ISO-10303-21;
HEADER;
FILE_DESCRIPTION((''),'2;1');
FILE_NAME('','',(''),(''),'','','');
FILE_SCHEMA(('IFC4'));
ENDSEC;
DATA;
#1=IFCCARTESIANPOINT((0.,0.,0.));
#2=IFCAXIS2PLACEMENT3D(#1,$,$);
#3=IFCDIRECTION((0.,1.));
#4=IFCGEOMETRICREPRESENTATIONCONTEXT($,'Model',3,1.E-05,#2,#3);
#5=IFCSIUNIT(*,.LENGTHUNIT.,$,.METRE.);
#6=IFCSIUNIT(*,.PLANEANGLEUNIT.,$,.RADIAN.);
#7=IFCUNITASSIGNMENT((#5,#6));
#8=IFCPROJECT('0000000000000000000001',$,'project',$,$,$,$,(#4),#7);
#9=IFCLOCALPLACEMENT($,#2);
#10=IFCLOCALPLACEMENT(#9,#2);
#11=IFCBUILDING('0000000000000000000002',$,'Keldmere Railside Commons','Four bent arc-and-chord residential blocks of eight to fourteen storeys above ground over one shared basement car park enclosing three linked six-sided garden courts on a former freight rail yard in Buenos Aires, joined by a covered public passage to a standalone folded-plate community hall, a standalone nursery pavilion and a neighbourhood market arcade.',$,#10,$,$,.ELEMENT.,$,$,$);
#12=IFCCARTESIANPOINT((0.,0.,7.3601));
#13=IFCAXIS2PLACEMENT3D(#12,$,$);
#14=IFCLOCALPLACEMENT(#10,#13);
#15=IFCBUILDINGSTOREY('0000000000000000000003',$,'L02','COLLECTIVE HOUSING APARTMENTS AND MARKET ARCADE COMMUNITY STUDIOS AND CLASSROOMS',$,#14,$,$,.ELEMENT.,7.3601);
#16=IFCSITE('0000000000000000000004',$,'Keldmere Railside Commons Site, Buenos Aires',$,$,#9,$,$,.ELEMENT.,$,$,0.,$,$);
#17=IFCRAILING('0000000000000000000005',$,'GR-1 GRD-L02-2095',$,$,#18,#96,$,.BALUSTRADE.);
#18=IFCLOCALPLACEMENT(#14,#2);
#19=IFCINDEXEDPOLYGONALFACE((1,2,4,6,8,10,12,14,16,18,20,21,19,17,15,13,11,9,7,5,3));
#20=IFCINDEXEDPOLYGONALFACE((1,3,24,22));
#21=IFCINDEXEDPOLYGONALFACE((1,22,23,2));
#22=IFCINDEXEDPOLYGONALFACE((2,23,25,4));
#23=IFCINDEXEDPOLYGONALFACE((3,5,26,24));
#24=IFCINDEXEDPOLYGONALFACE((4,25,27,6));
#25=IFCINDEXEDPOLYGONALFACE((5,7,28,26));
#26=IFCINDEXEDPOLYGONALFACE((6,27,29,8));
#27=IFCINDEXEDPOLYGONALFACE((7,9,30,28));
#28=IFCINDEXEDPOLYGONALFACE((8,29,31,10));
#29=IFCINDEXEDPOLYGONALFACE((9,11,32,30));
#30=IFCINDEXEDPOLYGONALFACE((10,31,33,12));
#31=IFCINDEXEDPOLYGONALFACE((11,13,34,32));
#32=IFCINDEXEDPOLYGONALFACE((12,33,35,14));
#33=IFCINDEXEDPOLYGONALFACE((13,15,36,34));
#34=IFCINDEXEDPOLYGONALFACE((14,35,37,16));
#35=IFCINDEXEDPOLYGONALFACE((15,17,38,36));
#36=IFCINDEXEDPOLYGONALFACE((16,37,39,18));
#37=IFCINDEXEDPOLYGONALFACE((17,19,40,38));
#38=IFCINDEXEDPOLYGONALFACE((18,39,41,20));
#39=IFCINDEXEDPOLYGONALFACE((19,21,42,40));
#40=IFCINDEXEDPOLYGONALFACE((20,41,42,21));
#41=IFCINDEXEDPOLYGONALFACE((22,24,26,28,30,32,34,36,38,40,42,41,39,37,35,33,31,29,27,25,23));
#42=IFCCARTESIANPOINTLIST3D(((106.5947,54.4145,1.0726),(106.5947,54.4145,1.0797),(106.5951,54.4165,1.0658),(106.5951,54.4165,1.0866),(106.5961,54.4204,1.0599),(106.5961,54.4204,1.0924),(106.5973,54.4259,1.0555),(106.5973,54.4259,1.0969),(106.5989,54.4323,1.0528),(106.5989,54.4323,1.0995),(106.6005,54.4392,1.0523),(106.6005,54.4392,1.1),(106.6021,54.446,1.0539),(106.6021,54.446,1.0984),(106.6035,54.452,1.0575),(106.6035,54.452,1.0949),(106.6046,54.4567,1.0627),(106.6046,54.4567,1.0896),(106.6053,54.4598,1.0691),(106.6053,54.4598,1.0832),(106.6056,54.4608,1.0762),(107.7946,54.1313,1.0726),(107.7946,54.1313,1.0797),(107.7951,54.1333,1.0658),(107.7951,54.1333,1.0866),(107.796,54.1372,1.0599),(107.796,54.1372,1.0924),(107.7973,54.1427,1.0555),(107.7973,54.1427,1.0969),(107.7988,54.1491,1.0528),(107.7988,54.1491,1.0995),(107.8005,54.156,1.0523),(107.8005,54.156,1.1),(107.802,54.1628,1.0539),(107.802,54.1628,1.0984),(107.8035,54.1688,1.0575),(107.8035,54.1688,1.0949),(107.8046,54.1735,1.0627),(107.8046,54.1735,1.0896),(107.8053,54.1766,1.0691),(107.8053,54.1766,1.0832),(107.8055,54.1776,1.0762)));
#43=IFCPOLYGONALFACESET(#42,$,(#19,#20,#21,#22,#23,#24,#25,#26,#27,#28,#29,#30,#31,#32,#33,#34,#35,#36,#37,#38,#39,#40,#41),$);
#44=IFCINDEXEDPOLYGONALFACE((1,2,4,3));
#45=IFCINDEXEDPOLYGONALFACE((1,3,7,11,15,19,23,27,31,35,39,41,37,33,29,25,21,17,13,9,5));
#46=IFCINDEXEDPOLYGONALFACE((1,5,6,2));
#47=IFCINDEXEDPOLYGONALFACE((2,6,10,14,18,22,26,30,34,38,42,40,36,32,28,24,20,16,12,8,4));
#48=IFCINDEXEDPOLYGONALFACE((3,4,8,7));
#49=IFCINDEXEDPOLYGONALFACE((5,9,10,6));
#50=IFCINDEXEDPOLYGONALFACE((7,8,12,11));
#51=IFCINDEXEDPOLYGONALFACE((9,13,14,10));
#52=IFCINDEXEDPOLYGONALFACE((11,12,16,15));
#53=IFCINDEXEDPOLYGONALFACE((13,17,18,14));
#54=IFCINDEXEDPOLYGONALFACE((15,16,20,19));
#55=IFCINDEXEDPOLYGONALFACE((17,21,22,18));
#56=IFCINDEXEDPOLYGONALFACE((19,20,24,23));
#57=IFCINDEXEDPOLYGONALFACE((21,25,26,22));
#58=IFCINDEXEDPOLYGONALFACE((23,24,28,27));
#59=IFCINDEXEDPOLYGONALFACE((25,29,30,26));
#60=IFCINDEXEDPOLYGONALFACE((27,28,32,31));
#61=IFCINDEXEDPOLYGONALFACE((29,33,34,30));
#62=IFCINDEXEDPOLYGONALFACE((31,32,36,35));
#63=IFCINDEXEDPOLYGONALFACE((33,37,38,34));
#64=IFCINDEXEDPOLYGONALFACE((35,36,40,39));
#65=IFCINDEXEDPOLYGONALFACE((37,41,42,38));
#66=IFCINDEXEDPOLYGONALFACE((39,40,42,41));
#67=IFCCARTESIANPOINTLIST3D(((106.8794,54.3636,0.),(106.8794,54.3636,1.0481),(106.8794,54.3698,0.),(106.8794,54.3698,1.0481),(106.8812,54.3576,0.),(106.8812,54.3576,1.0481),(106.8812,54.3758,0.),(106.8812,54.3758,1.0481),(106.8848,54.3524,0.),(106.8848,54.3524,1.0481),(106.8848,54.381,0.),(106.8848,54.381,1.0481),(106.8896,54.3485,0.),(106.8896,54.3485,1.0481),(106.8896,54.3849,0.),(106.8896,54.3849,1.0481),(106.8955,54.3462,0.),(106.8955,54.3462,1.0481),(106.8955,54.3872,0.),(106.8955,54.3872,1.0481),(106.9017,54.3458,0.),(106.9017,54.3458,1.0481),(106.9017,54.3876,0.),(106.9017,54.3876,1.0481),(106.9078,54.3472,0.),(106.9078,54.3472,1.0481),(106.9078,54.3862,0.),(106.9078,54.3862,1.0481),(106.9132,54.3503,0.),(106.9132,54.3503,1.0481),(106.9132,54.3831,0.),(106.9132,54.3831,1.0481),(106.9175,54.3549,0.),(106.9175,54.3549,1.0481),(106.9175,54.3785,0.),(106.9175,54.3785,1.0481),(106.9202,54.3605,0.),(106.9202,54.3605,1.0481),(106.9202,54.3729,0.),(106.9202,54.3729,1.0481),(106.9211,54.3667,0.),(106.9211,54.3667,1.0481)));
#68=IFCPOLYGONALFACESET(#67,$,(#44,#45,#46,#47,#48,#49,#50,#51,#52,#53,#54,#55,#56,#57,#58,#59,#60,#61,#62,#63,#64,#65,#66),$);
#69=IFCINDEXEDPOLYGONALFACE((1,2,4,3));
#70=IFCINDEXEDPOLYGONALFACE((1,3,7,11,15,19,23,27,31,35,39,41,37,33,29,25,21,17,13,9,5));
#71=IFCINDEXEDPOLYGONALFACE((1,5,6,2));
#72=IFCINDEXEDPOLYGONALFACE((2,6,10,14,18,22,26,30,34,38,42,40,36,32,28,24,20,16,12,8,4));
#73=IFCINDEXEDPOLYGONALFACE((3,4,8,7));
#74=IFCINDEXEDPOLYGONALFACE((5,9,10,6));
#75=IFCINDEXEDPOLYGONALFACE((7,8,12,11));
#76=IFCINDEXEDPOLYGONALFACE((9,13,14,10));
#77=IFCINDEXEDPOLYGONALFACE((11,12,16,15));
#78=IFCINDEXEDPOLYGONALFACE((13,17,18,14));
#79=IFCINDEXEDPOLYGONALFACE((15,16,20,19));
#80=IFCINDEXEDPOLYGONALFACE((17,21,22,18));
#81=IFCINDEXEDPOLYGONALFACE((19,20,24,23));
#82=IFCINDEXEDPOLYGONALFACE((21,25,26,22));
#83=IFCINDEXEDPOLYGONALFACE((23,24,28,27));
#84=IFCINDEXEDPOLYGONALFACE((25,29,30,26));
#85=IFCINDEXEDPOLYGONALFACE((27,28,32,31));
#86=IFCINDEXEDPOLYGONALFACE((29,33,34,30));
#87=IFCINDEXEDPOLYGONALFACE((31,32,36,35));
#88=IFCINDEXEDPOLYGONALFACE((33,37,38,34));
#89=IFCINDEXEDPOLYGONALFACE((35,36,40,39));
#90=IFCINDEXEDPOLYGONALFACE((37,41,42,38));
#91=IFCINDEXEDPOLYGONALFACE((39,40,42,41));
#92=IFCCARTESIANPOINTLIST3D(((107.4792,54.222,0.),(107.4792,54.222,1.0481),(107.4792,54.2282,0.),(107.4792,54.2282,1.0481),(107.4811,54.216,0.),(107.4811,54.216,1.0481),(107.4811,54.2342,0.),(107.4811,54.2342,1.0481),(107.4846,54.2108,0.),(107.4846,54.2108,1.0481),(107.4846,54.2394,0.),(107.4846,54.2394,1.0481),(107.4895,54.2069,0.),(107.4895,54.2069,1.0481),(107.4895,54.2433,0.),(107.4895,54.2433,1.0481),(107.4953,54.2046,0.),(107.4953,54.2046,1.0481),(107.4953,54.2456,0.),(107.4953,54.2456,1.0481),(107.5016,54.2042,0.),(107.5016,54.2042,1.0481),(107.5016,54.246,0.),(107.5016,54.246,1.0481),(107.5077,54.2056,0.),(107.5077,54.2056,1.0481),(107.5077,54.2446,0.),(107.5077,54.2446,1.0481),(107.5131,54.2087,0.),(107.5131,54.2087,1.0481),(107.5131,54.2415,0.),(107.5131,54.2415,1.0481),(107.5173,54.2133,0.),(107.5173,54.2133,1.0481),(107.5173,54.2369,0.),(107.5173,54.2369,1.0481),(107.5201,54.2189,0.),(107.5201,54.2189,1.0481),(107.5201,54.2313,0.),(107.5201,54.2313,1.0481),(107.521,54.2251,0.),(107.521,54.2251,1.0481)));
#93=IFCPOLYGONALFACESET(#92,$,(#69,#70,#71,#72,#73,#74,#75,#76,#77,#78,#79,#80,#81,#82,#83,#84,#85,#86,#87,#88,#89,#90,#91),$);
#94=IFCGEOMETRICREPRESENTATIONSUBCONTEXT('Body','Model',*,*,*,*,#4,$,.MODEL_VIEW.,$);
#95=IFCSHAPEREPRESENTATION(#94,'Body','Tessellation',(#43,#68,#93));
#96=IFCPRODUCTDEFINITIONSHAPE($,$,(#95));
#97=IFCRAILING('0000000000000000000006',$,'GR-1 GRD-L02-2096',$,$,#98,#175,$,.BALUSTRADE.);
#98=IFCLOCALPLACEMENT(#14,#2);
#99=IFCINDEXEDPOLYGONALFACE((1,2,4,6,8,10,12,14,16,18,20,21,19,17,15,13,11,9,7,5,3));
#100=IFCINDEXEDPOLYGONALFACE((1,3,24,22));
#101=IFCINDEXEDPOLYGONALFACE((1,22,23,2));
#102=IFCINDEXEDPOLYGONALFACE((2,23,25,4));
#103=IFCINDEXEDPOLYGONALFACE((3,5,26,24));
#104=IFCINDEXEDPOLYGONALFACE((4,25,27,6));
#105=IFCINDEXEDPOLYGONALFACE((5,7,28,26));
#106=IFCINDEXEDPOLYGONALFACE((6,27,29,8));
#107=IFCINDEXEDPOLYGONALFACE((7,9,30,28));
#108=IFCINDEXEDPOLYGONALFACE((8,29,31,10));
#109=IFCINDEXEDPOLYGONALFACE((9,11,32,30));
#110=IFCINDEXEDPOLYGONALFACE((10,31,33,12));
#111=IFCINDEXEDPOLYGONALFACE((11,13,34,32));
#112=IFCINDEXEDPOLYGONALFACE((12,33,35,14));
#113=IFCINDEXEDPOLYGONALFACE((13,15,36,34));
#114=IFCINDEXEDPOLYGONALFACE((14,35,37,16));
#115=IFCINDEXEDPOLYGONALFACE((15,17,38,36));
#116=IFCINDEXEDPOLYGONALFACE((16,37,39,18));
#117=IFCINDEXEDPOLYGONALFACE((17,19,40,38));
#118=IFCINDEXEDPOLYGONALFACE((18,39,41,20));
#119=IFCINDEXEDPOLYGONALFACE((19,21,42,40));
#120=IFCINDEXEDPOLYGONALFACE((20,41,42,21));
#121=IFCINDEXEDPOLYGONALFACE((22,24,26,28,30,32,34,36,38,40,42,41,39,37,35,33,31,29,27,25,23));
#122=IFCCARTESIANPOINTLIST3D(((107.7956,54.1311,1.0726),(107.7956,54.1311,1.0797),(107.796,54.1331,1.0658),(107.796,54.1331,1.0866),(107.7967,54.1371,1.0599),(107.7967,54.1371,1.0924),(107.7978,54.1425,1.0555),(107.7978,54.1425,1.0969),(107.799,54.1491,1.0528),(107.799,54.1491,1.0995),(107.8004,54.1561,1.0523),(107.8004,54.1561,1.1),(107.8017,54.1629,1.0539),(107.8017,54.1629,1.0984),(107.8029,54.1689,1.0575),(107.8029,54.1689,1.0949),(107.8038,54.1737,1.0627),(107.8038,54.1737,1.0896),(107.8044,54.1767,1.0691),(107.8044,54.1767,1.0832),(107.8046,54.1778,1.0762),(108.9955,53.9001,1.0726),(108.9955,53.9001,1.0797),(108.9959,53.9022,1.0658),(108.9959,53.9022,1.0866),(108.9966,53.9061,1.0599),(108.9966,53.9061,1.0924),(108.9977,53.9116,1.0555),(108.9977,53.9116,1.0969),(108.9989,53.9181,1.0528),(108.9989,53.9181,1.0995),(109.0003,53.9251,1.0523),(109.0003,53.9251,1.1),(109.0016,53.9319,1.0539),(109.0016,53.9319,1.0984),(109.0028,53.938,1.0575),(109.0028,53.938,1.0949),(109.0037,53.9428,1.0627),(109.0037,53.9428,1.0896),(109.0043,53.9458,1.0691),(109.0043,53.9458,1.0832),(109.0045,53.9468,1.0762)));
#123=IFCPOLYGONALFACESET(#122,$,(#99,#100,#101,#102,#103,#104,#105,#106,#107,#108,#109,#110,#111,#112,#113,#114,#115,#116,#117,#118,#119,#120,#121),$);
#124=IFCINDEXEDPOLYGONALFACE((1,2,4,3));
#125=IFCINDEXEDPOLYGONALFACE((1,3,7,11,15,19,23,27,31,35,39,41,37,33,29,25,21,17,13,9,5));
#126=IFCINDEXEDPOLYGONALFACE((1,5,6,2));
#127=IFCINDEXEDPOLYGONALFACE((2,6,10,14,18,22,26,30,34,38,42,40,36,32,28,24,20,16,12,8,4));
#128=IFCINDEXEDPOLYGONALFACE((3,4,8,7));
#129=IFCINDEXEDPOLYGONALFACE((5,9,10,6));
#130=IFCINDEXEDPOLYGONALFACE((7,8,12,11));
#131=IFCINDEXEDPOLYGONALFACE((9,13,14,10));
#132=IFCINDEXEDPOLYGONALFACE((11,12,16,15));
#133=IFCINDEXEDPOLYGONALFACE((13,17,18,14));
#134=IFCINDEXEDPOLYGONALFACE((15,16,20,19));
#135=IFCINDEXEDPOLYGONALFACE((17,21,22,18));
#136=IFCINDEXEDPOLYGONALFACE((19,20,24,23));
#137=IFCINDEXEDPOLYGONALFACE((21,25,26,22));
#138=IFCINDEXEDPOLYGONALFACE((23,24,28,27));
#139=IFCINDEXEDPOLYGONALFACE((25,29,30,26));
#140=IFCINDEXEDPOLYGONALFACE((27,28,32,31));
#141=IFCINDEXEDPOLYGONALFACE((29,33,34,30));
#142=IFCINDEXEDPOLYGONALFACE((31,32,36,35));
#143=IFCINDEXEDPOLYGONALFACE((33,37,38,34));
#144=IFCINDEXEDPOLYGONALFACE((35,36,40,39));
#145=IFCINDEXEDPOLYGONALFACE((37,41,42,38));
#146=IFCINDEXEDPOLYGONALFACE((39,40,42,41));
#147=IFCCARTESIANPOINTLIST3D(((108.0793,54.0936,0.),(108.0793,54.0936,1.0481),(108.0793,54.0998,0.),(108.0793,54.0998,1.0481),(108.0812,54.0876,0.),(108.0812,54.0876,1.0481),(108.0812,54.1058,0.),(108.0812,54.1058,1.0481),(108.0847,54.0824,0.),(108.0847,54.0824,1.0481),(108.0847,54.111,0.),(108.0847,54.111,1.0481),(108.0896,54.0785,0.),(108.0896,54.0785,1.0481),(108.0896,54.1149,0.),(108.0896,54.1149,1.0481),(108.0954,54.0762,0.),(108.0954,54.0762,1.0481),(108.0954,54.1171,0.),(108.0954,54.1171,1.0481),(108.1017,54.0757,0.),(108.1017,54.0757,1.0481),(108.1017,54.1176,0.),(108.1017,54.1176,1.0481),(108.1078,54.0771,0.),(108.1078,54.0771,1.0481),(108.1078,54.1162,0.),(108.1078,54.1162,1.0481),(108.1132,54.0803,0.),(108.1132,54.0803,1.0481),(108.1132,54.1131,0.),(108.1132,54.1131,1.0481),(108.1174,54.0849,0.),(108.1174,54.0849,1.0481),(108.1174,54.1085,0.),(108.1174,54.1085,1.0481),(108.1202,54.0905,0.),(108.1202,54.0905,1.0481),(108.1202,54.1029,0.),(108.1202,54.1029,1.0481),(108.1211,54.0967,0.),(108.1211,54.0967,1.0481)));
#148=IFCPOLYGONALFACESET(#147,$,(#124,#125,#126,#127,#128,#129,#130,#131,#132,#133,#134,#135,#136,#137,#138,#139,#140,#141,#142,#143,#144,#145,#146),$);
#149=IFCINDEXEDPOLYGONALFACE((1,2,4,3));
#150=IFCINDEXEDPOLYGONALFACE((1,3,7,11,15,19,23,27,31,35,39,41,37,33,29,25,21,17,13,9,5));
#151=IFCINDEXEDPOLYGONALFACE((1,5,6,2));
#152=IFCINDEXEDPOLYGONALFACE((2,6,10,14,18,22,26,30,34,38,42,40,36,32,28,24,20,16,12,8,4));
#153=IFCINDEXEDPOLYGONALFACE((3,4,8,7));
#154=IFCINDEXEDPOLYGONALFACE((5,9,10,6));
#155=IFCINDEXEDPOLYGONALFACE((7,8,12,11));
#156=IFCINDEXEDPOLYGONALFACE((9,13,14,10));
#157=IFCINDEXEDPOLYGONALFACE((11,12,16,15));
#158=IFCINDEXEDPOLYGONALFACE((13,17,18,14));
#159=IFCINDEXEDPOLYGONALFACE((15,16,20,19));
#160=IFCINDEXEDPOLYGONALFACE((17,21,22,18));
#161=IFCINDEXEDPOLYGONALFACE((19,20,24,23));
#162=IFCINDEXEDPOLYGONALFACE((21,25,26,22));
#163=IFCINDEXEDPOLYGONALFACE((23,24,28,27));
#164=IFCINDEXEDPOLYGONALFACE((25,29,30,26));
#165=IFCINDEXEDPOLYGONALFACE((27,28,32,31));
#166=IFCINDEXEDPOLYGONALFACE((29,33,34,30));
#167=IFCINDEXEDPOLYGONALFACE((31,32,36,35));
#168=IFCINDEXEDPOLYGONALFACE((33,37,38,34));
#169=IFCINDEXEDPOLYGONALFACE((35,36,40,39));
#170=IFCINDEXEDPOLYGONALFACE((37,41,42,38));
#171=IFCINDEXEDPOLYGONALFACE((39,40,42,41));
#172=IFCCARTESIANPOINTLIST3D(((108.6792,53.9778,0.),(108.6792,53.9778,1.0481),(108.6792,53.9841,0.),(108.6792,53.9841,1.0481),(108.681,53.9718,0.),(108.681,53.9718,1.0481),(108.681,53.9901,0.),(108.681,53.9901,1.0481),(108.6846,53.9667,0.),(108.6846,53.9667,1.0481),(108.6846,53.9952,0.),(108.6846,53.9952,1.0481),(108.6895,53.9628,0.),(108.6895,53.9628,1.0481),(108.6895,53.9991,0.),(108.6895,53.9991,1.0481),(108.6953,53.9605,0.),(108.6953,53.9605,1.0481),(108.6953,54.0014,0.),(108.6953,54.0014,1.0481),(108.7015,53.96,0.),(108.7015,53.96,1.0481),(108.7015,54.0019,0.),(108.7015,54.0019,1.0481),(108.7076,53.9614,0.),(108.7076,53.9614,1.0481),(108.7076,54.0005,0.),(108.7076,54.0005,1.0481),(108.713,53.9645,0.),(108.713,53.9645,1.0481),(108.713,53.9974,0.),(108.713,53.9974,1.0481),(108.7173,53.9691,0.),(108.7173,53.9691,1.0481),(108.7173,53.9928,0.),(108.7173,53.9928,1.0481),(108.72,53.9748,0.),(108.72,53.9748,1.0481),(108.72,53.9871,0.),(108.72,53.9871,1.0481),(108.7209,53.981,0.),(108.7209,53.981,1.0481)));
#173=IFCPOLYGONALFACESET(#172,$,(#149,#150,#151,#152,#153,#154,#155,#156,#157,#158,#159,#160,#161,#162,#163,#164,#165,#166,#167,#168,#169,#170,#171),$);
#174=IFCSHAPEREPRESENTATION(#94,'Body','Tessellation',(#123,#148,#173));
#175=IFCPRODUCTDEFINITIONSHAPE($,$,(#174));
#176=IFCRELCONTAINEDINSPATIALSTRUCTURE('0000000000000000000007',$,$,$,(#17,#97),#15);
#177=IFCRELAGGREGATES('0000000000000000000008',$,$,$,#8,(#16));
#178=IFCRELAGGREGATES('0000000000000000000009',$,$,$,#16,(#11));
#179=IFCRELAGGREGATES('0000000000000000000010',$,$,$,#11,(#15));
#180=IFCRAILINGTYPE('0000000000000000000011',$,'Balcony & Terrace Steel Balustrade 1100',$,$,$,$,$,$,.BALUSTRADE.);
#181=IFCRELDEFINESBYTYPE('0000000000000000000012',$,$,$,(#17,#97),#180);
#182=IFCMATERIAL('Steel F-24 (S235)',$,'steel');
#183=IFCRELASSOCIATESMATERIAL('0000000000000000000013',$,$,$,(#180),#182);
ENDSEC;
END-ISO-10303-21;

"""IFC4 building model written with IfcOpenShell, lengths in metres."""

from ifc_helpers import new_model, si_unit, direction, frame, origin, origin_2d, place, context, subcontext, project, spatial, circle, extrude, material, type_object, element, save


model = new_model("IFC4")

# Units and contexts
model_context = context("Model", 3, precision=1e-05, world=origin(), true_north=direction((0.0, 1.0)))
body_context = subcontext(model_context, "Body", "Model", "MODEL_VIEW")
ifc_project = project(units=[si_unit("LENGTHUNIT", "METRE"), si_unit("PLANEANGLEUNIT", "RADIAN")], contexts=[model_context])

# Site, building, storey
site_placement = place(None, origin())
site = spatial("IfcSite", under=ifc_project, at=site_placement, Name="Keldmere Railside Commons Site, Buenos Aires", CompositionType="ELEMENT", RefElevation=0.0)
building_placement = place(site_placement, origin())
building = spatial("IfcBuilding", under=site, at=building_placement, Name="Keldmere Railside Commons", Description="Four bent arc-and-chord residential blocks of eight to fourteen storeys above ground over one shared basement car park enclosing three linked six-sided garden courts on a former freight rail yard in Buenos Aires, joined by a covered public passage to a standalone folded-plate community hall, a standalone nursery pavilion and a neighbourhood market arcade.", CompositionType="ELEMENT")
storey_placement = place(building_placement, frame((0.0, 0.0, 7.3601)))
storey = spatial("IfcBuildingStorey", under=building, at=storey_placement, Name="L02", Description="COLLECTIVE HOUSING APARTMENTS AND MARKET ARCADE COMMUNITY STUDIOS AND CLASSROOMS", CompositionType="ELEMENT", Elevation=7.3601)

# Railings
ifc_material_1 = material(Name="Steel F-24 (S235)", Category="steel")
railing_type = type_object("IfcRailingType", Name="Balcony & Terrace Steel Balustrade 1100", PredefinedType="BALUSTRADE", material=ifc_material_1)
railing_1_placement = place(storey_placement, frame((106.6001, 54.4375, 0.0)))
element("IfcRailing", 1, at=railing_1_placement, inside=storey, type_object=railing_type, Name="GR-1 GRD-L02-2095", PredefinedType="BALUSTRADE", context=body_context, shape_type="SweptSolid", body=[
    extrude(circle(Radius=0.0239, at=origin_2d()), frame((0.0, 0.0, 1.0762), z_axis=(0.973261, -0.229702, 0.0), x_axis=(0.229702, 0.973261, 0.0)), (0.0, 0.0, 1.0), 1.2329),
    extrude(circle(Radius=0.021, at=origin_2d()), frame((0.3, -0.0708, 0.0)), (0.0, 0.0, 1.0), 1.0481),
    extrude(circle(Radius=0.021, at=origin_2d()), frame((0.8999, -0.2124, 0.0)), (0.0, 0.0, 1.0), 1.0481),
])
railing_2_placement = place(storey_placement, frame((107.8, 54.1543, 0.0)))
element("IfcRailing", 2, at=railing_2_placement, inside=storey, type_object=railing_type, Name="GR-1 GRD-L02-2096", PredefinedType="BALUSTRADE", context=body_context, shape_type="SweptSolid", body=[
    extrude(circle(Radius=0.0239, at=origin_2d()), frame((0.0, 0.0, 1.0762), z_axis=(0.981977, -0.189003, 0.0), x_axis=(0.189003, 0.981977, 0.0)), (0.0, 0.0, 1.0), 1.2219),
    extrude(circle(Radius=0.021, at=origin_2d()), frame((0.3, -0.0576, 0.0)), (0.0, 0.0, 1.0), 1.0481),
    extrude(circle(Radius=0.021, at=origin_2d()), frame((0.8999, -0.1733, 0.0)), (0.0, 0.0, 1.0), 1.0481),
])

save(model, "model.ifc")
